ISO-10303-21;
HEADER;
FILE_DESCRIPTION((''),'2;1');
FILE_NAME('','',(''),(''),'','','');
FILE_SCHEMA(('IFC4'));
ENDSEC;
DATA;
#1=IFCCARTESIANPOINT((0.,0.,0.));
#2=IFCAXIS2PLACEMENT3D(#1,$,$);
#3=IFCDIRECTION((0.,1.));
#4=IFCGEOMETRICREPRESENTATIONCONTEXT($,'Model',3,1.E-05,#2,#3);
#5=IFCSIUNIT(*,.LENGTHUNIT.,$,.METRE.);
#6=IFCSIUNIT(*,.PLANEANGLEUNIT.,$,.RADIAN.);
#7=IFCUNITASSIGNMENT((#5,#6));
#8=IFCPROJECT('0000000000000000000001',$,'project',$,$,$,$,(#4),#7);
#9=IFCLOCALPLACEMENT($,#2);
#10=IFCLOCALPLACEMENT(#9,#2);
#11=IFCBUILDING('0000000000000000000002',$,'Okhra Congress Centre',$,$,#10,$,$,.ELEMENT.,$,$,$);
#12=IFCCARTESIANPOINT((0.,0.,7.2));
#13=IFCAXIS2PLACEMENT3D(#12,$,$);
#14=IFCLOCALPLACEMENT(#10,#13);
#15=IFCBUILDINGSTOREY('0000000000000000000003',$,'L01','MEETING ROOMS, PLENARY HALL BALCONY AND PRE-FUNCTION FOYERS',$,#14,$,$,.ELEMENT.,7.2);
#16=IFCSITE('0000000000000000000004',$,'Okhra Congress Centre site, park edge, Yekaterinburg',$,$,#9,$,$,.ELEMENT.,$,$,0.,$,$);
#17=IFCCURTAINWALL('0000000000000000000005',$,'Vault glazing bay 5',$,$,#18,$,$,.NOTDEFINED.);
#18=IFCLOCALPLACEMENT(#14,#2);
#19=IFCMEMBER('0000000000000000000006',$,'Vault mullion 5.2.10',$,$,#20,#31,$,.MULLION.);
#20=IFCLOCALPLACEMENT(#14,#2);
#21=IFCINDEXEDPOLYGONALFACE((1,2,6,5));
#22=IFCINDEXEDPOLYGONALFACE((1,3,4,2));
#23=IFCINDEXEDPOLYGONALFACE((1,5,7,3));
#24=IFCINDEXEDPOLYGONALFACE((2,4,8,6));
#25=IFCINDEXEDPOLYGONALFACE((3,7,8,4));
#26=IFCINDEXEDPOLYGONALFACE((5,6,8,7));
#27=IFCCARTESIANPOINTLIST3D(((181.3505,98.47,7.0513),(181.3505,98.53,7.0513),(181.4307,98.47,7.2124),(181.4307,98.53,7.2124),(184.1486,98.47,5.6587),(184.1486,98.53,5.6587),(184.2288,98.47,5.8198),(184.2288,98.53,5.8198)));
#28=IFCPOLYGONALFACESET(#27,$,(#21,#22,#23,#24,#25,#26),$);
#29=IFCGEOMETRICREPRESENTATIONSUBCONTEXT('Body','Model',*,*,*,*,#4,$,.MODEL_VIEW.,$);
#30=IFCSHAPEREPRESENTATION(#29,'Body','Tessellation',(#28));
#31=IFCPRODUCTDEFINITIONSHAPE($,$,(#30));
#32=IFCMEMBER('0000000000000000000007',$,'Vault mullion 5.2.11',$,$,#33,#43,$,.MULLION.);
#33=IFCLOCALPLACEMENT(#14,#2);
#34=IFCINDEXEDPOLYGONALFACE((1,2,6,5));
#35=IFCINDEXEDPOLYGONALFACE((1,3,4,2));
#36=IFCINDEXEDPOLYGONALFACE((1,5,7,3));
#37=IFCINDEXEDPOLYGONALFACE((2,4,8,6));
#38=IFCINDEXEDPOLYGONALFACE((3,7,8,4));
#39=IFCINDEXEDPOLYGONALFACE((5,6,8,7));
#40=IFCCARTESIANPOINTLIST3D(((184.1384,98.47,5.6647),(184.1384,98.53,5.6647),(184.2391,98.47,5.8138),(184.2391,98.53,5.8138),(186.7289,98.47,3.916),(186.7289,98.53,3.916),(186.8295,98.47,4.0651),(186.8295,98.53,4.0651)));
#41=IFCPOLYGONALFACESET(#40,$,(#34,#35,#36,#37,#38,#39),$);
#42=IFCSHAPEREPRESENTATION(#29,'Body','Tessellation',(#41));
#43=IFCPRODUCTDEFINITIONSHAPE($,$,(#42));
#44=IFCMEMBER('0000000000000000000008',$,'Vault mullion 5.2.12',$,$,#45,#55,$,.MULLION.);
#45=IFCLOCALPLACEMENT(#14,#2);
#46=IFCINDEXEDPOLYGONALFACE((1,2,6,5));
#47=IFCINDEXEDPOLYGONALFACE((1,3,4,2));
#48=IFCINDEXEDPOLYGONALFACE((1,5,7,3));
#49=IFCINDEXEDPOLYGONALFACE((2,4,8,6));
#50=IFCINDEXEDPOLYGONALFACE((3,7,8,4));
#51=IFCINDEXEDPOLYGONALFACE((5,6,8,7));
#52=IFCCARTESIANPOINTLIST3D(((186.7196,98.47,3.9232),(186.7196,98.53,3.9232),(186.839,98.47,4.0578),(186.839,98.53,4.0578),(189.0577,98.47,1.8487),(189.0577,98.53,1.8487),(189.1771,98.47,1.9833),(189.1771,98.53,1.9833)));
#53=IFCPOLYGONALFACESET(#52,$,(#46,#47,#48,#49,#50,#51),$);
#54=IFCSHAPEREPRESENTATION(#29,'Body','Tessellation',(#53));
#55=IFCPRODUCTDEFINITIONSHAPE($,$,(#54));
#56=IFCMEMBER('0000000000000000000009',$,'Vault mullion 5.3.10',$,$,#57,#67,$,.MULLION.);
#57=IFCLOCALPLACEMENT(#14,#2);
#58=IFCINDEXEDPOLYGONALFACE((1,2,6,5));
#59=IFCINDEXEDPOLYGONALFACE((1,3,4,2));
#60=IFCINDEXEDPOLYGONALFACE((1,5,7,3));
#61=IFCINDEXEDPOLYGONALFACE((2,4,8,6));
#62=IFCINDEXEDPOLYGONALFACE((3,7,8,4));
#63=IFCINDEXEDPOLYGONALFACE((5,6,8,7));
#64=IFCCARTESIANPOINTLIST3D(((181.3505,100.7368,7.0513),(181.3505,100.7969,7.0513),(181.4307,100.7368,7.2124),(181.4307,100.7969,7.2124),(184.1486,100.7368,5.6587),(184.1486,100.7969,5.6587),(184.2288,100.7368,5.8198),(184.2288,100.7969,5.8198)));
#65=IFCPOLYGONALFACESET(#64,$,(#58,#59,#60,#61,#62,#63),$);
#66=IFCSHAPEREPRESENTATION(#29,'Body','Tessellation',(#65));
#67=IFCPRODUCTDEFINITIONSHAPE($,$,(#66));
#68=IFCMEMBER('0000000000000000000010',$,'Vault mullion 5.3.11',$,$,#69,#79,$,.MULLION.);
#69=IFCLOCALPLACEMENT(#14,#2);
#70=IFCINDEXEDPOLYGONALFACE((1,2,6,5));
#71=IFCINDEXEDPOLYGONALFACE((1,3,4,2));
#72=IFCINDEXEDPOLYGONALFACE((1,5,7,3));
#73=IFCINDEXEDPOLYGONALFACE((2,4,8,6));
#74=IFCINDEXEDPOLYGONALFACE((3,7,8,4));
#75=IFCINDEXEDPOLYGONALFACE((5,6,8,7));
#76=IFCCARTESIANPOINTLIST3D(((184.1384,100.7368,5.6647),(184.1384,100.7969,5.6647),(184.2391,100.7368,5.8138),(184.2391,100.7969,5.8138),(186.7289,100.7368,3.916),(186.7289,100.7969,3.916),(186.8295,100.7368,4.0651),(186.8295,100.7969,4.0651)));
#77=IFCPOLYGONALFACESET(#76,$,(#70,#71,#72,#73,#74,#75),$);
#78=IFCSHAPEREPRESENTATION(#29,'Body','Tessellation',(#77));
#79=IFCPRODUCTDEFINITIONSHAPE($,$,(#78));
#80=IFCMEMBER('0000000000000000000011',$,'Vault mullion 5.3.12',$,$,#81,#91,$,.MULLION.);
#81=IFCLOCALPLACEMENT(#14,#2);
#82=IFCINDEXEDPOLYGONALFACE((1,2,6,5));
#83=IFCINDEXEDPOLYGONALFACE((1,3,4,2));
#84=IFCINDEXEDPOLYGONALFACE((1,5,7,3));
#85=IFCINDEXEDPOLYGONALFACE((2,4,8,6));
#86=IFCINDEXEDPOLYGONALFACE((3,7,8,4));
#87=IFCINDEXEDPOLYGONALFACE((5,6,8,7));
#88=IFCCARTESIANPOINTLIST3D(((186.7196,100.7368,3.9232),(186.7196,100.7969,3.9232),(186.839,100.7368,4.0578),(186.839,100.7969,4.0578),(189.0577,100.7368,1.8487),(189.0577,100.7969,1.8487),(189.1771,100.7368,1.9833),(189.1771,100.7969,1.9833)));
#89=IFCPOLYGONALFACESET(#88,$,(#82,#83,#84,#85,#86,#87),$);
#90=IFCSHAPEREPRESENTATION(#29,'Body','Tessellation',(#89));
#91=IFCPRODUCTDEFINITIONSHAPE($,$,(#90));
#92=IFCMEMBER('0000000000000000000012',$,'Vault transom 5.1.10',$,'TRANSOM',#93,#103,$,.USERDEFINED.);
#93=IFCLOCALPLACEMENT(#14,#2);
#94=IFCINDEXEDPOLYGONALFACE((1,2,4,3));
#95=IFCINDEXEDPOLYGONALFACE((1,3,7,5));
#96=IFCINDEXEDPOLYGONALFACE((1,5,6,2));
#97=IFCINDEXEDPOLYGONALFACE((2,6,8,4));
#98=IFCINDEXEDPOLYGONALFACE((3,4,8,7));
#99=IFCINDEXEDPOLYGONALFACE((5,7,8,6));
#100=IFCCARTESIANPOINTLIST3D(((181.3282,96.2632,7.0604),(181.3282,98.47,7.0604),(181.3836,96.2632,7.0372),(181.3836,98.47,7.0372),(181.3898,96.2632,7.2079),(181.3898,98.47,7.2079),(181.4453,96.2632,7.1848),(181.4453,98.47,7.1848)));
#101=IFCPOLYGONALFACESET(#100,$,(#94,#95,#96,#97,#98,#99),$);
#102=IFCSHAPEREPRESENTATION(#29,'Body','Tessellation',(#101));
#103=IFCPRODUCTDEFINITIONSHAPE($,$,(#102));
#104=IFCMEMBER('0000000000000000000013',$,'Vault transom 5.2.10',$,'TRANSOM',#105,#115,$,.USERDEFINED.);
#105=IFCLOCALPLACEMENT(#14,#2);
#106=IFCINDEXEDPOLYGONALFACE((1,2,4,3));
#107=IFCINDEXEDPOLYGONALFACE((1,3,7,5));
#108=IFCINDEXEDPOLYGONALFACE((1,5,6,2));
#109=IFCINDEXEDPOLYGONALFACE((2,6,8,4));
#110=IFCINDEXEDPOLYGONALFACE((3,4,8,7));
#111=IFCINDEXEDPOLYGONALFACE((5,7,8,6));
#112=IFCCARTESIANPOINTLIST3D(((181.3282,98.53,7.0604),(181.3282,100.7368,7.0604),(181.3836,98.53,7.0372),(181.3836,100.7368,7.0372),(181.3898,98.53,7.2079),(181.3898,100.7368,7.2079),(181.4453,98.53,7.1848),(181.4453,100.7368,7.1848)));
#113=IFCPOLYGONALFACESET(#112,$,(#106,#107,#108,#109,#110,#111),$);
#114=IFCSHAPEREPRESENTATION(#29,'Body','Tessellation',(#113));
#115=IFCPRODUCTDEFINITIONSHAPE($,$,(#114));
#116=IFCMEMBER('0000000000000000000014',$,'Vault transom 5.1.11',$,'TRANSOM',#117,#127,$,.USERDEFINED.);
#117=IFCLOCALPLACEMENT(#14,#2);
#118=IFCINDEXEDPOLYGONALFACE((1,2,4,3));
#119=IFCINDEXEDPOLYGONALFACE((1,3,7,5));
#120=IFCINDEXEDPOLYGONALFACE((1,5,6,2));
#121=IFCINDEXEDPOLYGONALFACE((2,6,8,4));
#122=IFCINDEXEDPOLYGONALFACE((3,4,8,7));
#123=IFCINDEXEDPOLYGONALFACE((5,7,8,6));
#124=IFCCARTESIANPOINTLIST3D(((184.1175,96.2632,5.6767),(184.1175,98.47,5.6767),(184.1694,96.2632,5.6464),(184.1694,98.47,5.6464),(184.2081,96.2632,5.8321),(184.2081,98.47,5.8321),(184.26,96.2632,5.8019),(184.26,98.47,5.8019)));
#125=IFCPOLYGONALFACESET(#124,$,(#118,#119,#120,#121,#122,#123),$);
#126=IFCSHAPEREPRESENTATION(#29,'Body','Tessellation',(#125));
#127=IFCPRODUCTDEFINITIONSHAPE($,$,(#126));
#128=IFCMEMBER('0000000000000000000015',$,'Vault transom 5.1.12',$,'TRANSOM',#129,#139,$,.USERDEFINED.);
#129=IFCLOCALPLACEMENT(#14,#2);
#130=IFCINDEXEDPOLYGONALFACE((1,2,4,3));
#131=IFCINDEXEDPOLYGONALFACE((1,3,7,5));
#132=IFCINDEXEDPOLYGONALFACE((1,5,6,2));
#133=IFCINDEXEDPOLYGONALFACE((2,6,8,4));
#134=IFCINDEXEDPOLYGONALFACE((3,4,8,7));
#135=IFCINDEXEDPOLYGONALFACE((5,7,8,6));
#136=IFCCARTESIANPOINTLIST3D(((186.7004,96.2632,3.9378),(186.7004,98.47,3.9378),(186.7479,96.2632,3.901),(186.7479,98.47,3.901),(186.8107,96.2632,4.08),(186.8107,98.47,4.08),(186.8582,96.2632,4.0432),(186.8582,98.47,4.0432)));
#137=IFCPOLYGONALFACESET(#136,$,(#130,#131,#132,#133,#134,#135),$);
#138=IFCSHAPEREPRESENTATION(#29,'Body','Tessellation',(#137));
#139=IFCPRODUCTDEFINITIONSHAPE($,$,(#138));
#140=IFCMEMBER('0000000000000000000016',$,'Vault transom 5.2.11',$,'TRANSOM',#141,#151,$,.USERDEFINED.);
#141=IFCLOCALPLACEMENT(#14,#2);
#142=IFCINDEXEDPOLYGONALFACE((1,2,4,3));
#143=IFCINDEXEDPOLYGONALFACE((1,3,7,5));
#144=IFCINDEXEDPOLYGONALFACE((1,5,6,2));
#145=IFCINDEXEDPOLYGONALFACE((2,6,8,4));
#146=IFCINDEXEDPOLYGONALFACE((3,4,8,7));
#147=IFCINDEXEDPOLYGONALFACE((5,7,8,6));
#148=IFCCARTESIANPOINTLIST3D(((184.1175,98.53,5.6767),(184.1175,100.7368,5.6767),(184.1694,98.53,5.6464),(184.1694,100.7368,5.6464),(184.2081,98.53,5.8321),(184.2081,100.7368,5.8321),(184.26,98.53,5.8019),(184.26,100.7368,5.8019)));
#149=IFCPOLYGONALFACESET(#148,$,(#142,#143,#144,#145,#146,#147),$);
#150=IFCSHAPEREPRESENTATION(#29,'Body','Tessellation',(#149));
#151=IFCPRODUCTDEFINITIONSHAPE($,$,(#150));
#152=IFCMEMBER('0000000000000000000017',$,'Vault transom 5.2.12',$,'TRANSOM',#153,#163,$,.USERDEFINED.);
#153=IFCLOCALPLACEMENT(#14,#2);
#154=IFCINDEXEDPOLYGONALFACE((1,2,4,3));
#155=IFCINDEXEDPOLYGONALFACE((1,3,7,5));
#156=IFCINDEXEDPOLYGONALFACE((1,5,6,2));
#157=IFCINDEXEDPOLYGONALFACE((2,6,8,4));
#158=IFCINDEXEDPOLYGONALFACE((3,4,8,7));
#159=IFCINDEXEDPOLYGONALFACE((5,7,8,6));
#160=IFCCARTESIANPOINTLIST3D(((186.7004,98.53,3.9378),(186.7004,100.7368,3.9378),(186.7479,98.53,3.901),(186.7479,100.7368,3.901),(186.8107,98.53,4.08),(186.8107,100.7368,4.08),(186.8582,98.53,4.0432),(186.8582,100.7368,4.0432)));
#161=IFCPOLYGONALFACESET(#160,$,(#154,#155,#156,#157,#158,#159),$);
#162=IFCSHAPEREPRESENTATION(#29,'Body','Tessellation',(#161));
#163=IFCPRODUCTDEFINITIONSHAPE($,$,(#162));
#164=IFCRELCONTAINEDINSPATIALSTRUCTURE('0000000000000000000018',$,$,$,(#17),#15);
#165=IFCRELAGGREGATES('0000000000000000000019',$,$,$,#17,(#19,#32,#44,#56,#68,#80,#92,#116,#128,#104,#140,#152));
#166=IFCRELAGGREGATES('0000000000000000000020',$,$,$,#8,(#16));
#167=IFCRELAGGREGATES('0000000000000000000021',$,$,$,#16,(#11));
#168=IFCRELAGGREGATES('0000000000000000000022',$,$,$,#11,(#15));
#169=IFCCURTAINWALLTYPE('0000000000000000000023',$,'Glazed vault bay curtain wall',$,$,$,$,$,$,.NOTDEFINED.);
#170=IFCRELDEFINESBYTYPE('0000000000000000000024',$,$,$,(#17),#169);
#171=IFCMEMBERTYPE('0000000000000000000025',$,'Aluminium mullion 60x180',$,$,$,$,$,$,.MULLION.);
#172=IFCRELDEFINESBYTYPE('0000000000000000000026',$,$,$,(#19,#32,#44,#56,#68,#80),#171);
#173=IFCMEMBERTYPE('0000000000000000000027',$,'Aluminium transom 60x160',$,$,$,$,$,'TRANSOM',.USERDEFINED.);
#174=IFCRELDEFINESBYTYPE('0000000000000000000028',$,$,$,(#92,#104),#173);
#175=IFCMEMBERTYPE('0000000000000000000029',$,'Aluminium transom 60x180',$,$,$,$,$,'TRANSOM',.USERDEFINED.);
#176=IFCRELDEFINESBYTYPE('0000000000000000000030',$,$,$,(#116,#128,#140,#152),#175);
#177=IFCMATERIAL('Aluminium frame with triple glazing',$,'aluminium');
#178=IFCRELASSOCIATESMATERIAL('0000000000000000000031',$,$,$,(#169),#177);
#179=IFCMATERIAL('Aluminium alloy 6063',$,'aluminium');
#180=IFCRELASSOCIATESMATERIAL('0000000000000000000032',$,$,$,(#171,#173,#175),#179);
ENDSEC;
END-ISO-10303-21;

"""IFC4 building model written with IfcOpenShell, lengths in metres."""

from ifc_helpers import new_model, si_unit, direction, frame, origin, origin_2d, place, context, subcontext, project, spatial, rectangle, extrude, material, material_profile, profile_set, type_object, element, aggregate, save


model = new_model("IFC4")

# Units and contexts
model_context = context("Model", 3, precision=1e-05, world=origin(), true_north=direction((0.0, 1.0)))
body_context = subcontext(model_context, "Body", "Model", "MODEL_VIEW")
ifc_project = project(units=[si_unit("LENGTHUNIT", "METRE"), si_unit("PLANEANGLEUNIT", "RADIAN")], contexts=[model_context])

# Site, building, storey
site_placement = place(None, origin())
site = spatial("IfcSite", under=ifc_project, at=site_placement, Name="Okhra Congress Centre site, park edge, Yekaterinburg", CompositionType="ELEMENT", RefElevation=0.0)
building_placement = place(site_placement, origin())
building = spatial("IfcBuilding", under=site, at=building_placement, Name="Okhra Congress Centre", CompositionType="ELEMENT")
storey_placement = place(building_placement, frame((0.0, 0.0, 7.2)))
storey = spatial("IfcBuildingStorey", under=building, at=storey_placement, Name="L01", Description="MEETING ROOMS, PLENARY HALL BALCONY AND PRE-FUNCTION FOYERS", CompositionType="ELEMENT", Elevation=7.2)

# Curtain wall, members
ifc_material_1 = material(Name="Aluminium frame with triple glazing", Category="aluminium")
curtain_wall_type = type_object("IfcCurtainWallType", Name="Glazed vault bay curtain wall", PredefinedType="NOTDEFINED", material=ifc_material_1)
curtain_wall_placement = place(storey_placement, origin())
curtain_wall = element("IfcCurtainWall", 1, at=curtain_wall_placement, inside=storey, type_object=curtain_wall_type, Name="Vault glazing bay 5", PredefinedType="NOTDEFINED")
ifc_material_2 = material(Name="Aluminium alloy 6063", Category="aluminium")
ifc_material_profile_1 = material_profile(ifc_material_2, rectangle(XDim=0.0601, YDim=0.1799, at=origin_2d()), Name="AL 60x180")
ifc_profile_set_1 = profile_set([ifc_material_profile_1], Name="Aluminium alloy 6063")
member_type_1 = type_object("IfcMemberType", Name="Aluminium mullion 60x180", PredefinedType="MULLION", material=ifc_profile_set_1)
member_1_placement = place(storey_placement, frame((181.3906, 98.5, 7.1318), z_axis=(0.895254, 0.0, -0.445557), x_axis=(0.0, 1.0, 0.0)))
member_1 = element("IfcMember", 2, at=member_1_placement, type_object=member_type_1, Name="Vault mullion 5.2.10", PredefinedType="MULLION", context=body_context, shape_type="SweptSolid", body=[
    extrude(rectangle(XDim=0.0601, YDim=0.1799, at=origin_2d()), origin(), (0.0, 0.0, 1.0), 3.1255),
])
member_2_placement = place(storey_placement, frame((184.1887, 98.5, 5.7393), z_axis=(0.828828, 0.0, -0.559504), x_axis=(0.0, 1.0, 0.0)))
member_2 = element("IfcMember", 3, at=member_2_placement, type_object=member_type_1, Name="Vault mullion 5.2.11", PredefinedType="MULLION", context=body_context, shape_type="SweptSolid", body=[
    extrude(rectangle(XDim=0.0601, YDim=0.1799, at=origin_2d()), origin(), (0.0, 0.0, 1.0), 3.1255),
])
member_3_placement = place(storey_placement, frame((186.7793, 98.5, 3.9905), z_axis=(0.748025, 0.0, -0.66367), x_axis=(0.0, 1.0, 0.0)))
member_3 = element("IfcMember", 4, at=member_3_placement, type_object=member_type_1, Name="Vault mullion 5.2.12", PredefinedType="MULLION", context=body_context, shape_type="SweptSolid", body=[
    extrude(rectangle(XDim=0.0601, YDim=0.1799, at=origin_2d()), origin(), (0.0, 0.0, 1.0), 3.1257),
])
member_4_placement = place(storey_placement, frame((181.3906, 100.7668, 7.1318), z_axis=(0.895254, 0.0, -0.445557), x_axis=(0.0, 1.0, 0.0)))
member_4 = element("IfcMember", 5, at=member_4_placement, type_object=member_type_1, Name="Vault mullion 5.3.10", PredefinedType="MULLION", context=body_context, shape_type="SweptSolid", body=[
    extrude(rectangle(XDim=0.0601, YDim=0.1799, at=origin_2d()), origin(), (0.0, 0.0, 1.0), 3.1255),
])
member_5_placement = place(storey_placement, frame((184.1887, 100.7668, 5.7393), z_axis=(0.828828, 0.0, -0.559504), x_axis=(0.0, 1.0, 0.0)))
member_5 = element("IfcMember", 6, at=member_5_placement, type_object=member_type_1, Name="Vault mullion 5.3.11", PredefinedType="MULLION", context=body_context, shape_type="SweptSolid", body=[
    extrude(rectangle(XDim=0.0601, YDim=0.1799, at=origin_2d()), origin(), (0.0, 0.0, 1.0), 3.1255),
])
member_6_placement = place(storey_placement, frame((186.7793, 100.7668, 3.9905), z_axis=(0.748025, 0.0, -0.66367), x_axis=(0.0, 1.0, 0.0)))
member_6 = element("IfcMember", 7, at=member_6_placement, type_object=member_type_1, Name="Vault mullion 5.3.12", PredefinedType="MULLION", context=body_context, shape_type="SweptSolid", body=[
    extrude(rectangle(XDim=0.0601, YDim=0.1799, at=origin_2d()), origin(), (0.0, 0.0, 1.0), 3.1257),
])
ifc_material_profile_2 = material_profile(ifc_material_2, rectangle(XDim=0.0601, YDim=0.1599, at=origin_2d()), Name="AL 60x160 transom")
ifc_profile_set_2 = profile_set([ifc_material_profile_2], Name="Aluminium alloy 6063")
member_type_2 = type_object("IfcMemberType", Name="Aluminium transom 60x160", ElementType="TRANSOM", PredefinedType="USERDEFINED", material=ifc_profile_set_2)
member_7_placement = place(storey_placement, frame((181.3867, 96.2632, 7.1226), z_axis=(0.0, 1.0, 0.0), x_axis=(-0.922669, 0.0, 0.385593)))
member_7 = element("IfcMember", 8, at=member_7_placement, type_object=member_type_2, Name="Vault transom 5.1.10", ObjectType="TRANSOM", PredefinedType="USERDEFINED", context=body_context, shape_type="SweptSolid", body=[
    extrude(rectangle(XDim=0.0601, YDim=0.1599, at=origin_2d()), origin(), (0.0, 0.0, 1.0), 2.2068),
])
member_8_placement = place(storey_placement, frame((181.3867, 98.53, 7.1226), z_axis=(0.0, 1.0, 0.0), x_axis=(-0.922669, 0.0, 0.385593)))
member_8 = element("IfcMember", 9, at=member_8_placement, type_object=member_type_2, Name="Vault transom 5.2.10", ObjectType="TRANSOM", PredefinedType="USERDEFINED", context=body_context, shape_type="SweptSolid", body=[
    extrude(rectangle(XDim=0.0601, YDim=0.1599, at=origin_2d()), origin(), (0.0, 0.0, 1.0), 2.2068),
])
ifc_material_profile_3 = material_profile(ifc_material_2, rectangle(XDim=0.0601, YDim=0.1799, at=origin_2d()), Name="AL 60x180 transom")
ifc_profile_set_3 = profile_set([ifc_material_profile_3], Name="Aluminium alloy 6063")
member_type_3 = type_object("IfcMemberType", Name="Aluminium transom 60x180", ElementType="TRANSOM", PredefinedType="USERDEFINED", material=ifc_profile_set_3)
member_9_placement = place(storey_placement, frame((184.1887, 96.2632, 5.7393), z_axis=(0.0, 1.0, 0.0), x_axis=(-0.863917, 0.0, 0.503634)))
member_9 = element("IfcMember", 10, at=member_9_placement, type_object=member_type_3, Name="Vault transom 5.1.11", ObjectType="TRANSOM", PredefinedType="USERDEFINED", context=body_context, shape_type="SweptSolid", body=[
    extrude(rectangle(XDim=0.0601, YDim=0.1799, at=origin_2d()), origin(), (0.0, 0.0, 1.0), 2.2068),
])
member_10_placement = place(storey_placement, frame((186.7793, 96.2632, 3.9905), z_axis=(0.0, 1.0, 0.0), x_axis=(-0.790145, 0.0, 0.61292)))
member_10 = element("IfcMember", 11, at=member_10_placement, type_object=member_type_3, Name="Vault transom 5.1.12", ObjectType="TRANSOM", PredefinedType="USERDEFINED", context=body_context, shape_type="SweptSolid", body=[
    extrude(rectangle(XDim=0.0601, YDim=0.1799, at=origin_2d()), origin(), (0.0, 0.0, 1.0), 2.2068),
])
member_11_placement = place(storey_placement, frame((184.1887, 98.53, 5.7393), z_axis=(0.0, 1.0, 0.0), x_axis=(-0.863917, 0.0, 0.503634)))
member_11 = element("IfcMember", 12, at=member_11_placement, type_object=member_type_3, Name="Vault transom 5.2.11", ObjectType="TRANSOM", PredefinedType="USERDEFINED", context=body_context, shape_type="SweptSolid", body=[
    extrude(rectangle(XDim=0.0601, YDim=0.1799, at=origin_2d()), origin(), (0.0, 0.0, 1.0), 2.2068),
])
member_12_placement = place(storey_placement, frame((186.7793, 98.53, 3.9905), z_axis=(0.0, 1.0, 0.0), x_axis=(-0.790145, 0.0, 0.61292)))
member_12 = element("IfcMember", 13, at=member_12_placement, type_object=member_type_3, Name="Vault transom 5.2.12", ObjectType="TRANSOM", PredefinedType="USERDEFINED", context=body_context, shape_type="SweptSolid", body=[
    extrude(rectangle(XDim=0.0601, YDim=0.1799, at=origin_2d()), origin(), (0.0, 0.0, 1.0), 2.2068),
])

aggregate(curtain_wall, [member_1, member_2, member_3, member_4, member_5, member_6, member_7, member_9, member_10, member_8, member_11, member_12])

save(model, "model.ifc")
